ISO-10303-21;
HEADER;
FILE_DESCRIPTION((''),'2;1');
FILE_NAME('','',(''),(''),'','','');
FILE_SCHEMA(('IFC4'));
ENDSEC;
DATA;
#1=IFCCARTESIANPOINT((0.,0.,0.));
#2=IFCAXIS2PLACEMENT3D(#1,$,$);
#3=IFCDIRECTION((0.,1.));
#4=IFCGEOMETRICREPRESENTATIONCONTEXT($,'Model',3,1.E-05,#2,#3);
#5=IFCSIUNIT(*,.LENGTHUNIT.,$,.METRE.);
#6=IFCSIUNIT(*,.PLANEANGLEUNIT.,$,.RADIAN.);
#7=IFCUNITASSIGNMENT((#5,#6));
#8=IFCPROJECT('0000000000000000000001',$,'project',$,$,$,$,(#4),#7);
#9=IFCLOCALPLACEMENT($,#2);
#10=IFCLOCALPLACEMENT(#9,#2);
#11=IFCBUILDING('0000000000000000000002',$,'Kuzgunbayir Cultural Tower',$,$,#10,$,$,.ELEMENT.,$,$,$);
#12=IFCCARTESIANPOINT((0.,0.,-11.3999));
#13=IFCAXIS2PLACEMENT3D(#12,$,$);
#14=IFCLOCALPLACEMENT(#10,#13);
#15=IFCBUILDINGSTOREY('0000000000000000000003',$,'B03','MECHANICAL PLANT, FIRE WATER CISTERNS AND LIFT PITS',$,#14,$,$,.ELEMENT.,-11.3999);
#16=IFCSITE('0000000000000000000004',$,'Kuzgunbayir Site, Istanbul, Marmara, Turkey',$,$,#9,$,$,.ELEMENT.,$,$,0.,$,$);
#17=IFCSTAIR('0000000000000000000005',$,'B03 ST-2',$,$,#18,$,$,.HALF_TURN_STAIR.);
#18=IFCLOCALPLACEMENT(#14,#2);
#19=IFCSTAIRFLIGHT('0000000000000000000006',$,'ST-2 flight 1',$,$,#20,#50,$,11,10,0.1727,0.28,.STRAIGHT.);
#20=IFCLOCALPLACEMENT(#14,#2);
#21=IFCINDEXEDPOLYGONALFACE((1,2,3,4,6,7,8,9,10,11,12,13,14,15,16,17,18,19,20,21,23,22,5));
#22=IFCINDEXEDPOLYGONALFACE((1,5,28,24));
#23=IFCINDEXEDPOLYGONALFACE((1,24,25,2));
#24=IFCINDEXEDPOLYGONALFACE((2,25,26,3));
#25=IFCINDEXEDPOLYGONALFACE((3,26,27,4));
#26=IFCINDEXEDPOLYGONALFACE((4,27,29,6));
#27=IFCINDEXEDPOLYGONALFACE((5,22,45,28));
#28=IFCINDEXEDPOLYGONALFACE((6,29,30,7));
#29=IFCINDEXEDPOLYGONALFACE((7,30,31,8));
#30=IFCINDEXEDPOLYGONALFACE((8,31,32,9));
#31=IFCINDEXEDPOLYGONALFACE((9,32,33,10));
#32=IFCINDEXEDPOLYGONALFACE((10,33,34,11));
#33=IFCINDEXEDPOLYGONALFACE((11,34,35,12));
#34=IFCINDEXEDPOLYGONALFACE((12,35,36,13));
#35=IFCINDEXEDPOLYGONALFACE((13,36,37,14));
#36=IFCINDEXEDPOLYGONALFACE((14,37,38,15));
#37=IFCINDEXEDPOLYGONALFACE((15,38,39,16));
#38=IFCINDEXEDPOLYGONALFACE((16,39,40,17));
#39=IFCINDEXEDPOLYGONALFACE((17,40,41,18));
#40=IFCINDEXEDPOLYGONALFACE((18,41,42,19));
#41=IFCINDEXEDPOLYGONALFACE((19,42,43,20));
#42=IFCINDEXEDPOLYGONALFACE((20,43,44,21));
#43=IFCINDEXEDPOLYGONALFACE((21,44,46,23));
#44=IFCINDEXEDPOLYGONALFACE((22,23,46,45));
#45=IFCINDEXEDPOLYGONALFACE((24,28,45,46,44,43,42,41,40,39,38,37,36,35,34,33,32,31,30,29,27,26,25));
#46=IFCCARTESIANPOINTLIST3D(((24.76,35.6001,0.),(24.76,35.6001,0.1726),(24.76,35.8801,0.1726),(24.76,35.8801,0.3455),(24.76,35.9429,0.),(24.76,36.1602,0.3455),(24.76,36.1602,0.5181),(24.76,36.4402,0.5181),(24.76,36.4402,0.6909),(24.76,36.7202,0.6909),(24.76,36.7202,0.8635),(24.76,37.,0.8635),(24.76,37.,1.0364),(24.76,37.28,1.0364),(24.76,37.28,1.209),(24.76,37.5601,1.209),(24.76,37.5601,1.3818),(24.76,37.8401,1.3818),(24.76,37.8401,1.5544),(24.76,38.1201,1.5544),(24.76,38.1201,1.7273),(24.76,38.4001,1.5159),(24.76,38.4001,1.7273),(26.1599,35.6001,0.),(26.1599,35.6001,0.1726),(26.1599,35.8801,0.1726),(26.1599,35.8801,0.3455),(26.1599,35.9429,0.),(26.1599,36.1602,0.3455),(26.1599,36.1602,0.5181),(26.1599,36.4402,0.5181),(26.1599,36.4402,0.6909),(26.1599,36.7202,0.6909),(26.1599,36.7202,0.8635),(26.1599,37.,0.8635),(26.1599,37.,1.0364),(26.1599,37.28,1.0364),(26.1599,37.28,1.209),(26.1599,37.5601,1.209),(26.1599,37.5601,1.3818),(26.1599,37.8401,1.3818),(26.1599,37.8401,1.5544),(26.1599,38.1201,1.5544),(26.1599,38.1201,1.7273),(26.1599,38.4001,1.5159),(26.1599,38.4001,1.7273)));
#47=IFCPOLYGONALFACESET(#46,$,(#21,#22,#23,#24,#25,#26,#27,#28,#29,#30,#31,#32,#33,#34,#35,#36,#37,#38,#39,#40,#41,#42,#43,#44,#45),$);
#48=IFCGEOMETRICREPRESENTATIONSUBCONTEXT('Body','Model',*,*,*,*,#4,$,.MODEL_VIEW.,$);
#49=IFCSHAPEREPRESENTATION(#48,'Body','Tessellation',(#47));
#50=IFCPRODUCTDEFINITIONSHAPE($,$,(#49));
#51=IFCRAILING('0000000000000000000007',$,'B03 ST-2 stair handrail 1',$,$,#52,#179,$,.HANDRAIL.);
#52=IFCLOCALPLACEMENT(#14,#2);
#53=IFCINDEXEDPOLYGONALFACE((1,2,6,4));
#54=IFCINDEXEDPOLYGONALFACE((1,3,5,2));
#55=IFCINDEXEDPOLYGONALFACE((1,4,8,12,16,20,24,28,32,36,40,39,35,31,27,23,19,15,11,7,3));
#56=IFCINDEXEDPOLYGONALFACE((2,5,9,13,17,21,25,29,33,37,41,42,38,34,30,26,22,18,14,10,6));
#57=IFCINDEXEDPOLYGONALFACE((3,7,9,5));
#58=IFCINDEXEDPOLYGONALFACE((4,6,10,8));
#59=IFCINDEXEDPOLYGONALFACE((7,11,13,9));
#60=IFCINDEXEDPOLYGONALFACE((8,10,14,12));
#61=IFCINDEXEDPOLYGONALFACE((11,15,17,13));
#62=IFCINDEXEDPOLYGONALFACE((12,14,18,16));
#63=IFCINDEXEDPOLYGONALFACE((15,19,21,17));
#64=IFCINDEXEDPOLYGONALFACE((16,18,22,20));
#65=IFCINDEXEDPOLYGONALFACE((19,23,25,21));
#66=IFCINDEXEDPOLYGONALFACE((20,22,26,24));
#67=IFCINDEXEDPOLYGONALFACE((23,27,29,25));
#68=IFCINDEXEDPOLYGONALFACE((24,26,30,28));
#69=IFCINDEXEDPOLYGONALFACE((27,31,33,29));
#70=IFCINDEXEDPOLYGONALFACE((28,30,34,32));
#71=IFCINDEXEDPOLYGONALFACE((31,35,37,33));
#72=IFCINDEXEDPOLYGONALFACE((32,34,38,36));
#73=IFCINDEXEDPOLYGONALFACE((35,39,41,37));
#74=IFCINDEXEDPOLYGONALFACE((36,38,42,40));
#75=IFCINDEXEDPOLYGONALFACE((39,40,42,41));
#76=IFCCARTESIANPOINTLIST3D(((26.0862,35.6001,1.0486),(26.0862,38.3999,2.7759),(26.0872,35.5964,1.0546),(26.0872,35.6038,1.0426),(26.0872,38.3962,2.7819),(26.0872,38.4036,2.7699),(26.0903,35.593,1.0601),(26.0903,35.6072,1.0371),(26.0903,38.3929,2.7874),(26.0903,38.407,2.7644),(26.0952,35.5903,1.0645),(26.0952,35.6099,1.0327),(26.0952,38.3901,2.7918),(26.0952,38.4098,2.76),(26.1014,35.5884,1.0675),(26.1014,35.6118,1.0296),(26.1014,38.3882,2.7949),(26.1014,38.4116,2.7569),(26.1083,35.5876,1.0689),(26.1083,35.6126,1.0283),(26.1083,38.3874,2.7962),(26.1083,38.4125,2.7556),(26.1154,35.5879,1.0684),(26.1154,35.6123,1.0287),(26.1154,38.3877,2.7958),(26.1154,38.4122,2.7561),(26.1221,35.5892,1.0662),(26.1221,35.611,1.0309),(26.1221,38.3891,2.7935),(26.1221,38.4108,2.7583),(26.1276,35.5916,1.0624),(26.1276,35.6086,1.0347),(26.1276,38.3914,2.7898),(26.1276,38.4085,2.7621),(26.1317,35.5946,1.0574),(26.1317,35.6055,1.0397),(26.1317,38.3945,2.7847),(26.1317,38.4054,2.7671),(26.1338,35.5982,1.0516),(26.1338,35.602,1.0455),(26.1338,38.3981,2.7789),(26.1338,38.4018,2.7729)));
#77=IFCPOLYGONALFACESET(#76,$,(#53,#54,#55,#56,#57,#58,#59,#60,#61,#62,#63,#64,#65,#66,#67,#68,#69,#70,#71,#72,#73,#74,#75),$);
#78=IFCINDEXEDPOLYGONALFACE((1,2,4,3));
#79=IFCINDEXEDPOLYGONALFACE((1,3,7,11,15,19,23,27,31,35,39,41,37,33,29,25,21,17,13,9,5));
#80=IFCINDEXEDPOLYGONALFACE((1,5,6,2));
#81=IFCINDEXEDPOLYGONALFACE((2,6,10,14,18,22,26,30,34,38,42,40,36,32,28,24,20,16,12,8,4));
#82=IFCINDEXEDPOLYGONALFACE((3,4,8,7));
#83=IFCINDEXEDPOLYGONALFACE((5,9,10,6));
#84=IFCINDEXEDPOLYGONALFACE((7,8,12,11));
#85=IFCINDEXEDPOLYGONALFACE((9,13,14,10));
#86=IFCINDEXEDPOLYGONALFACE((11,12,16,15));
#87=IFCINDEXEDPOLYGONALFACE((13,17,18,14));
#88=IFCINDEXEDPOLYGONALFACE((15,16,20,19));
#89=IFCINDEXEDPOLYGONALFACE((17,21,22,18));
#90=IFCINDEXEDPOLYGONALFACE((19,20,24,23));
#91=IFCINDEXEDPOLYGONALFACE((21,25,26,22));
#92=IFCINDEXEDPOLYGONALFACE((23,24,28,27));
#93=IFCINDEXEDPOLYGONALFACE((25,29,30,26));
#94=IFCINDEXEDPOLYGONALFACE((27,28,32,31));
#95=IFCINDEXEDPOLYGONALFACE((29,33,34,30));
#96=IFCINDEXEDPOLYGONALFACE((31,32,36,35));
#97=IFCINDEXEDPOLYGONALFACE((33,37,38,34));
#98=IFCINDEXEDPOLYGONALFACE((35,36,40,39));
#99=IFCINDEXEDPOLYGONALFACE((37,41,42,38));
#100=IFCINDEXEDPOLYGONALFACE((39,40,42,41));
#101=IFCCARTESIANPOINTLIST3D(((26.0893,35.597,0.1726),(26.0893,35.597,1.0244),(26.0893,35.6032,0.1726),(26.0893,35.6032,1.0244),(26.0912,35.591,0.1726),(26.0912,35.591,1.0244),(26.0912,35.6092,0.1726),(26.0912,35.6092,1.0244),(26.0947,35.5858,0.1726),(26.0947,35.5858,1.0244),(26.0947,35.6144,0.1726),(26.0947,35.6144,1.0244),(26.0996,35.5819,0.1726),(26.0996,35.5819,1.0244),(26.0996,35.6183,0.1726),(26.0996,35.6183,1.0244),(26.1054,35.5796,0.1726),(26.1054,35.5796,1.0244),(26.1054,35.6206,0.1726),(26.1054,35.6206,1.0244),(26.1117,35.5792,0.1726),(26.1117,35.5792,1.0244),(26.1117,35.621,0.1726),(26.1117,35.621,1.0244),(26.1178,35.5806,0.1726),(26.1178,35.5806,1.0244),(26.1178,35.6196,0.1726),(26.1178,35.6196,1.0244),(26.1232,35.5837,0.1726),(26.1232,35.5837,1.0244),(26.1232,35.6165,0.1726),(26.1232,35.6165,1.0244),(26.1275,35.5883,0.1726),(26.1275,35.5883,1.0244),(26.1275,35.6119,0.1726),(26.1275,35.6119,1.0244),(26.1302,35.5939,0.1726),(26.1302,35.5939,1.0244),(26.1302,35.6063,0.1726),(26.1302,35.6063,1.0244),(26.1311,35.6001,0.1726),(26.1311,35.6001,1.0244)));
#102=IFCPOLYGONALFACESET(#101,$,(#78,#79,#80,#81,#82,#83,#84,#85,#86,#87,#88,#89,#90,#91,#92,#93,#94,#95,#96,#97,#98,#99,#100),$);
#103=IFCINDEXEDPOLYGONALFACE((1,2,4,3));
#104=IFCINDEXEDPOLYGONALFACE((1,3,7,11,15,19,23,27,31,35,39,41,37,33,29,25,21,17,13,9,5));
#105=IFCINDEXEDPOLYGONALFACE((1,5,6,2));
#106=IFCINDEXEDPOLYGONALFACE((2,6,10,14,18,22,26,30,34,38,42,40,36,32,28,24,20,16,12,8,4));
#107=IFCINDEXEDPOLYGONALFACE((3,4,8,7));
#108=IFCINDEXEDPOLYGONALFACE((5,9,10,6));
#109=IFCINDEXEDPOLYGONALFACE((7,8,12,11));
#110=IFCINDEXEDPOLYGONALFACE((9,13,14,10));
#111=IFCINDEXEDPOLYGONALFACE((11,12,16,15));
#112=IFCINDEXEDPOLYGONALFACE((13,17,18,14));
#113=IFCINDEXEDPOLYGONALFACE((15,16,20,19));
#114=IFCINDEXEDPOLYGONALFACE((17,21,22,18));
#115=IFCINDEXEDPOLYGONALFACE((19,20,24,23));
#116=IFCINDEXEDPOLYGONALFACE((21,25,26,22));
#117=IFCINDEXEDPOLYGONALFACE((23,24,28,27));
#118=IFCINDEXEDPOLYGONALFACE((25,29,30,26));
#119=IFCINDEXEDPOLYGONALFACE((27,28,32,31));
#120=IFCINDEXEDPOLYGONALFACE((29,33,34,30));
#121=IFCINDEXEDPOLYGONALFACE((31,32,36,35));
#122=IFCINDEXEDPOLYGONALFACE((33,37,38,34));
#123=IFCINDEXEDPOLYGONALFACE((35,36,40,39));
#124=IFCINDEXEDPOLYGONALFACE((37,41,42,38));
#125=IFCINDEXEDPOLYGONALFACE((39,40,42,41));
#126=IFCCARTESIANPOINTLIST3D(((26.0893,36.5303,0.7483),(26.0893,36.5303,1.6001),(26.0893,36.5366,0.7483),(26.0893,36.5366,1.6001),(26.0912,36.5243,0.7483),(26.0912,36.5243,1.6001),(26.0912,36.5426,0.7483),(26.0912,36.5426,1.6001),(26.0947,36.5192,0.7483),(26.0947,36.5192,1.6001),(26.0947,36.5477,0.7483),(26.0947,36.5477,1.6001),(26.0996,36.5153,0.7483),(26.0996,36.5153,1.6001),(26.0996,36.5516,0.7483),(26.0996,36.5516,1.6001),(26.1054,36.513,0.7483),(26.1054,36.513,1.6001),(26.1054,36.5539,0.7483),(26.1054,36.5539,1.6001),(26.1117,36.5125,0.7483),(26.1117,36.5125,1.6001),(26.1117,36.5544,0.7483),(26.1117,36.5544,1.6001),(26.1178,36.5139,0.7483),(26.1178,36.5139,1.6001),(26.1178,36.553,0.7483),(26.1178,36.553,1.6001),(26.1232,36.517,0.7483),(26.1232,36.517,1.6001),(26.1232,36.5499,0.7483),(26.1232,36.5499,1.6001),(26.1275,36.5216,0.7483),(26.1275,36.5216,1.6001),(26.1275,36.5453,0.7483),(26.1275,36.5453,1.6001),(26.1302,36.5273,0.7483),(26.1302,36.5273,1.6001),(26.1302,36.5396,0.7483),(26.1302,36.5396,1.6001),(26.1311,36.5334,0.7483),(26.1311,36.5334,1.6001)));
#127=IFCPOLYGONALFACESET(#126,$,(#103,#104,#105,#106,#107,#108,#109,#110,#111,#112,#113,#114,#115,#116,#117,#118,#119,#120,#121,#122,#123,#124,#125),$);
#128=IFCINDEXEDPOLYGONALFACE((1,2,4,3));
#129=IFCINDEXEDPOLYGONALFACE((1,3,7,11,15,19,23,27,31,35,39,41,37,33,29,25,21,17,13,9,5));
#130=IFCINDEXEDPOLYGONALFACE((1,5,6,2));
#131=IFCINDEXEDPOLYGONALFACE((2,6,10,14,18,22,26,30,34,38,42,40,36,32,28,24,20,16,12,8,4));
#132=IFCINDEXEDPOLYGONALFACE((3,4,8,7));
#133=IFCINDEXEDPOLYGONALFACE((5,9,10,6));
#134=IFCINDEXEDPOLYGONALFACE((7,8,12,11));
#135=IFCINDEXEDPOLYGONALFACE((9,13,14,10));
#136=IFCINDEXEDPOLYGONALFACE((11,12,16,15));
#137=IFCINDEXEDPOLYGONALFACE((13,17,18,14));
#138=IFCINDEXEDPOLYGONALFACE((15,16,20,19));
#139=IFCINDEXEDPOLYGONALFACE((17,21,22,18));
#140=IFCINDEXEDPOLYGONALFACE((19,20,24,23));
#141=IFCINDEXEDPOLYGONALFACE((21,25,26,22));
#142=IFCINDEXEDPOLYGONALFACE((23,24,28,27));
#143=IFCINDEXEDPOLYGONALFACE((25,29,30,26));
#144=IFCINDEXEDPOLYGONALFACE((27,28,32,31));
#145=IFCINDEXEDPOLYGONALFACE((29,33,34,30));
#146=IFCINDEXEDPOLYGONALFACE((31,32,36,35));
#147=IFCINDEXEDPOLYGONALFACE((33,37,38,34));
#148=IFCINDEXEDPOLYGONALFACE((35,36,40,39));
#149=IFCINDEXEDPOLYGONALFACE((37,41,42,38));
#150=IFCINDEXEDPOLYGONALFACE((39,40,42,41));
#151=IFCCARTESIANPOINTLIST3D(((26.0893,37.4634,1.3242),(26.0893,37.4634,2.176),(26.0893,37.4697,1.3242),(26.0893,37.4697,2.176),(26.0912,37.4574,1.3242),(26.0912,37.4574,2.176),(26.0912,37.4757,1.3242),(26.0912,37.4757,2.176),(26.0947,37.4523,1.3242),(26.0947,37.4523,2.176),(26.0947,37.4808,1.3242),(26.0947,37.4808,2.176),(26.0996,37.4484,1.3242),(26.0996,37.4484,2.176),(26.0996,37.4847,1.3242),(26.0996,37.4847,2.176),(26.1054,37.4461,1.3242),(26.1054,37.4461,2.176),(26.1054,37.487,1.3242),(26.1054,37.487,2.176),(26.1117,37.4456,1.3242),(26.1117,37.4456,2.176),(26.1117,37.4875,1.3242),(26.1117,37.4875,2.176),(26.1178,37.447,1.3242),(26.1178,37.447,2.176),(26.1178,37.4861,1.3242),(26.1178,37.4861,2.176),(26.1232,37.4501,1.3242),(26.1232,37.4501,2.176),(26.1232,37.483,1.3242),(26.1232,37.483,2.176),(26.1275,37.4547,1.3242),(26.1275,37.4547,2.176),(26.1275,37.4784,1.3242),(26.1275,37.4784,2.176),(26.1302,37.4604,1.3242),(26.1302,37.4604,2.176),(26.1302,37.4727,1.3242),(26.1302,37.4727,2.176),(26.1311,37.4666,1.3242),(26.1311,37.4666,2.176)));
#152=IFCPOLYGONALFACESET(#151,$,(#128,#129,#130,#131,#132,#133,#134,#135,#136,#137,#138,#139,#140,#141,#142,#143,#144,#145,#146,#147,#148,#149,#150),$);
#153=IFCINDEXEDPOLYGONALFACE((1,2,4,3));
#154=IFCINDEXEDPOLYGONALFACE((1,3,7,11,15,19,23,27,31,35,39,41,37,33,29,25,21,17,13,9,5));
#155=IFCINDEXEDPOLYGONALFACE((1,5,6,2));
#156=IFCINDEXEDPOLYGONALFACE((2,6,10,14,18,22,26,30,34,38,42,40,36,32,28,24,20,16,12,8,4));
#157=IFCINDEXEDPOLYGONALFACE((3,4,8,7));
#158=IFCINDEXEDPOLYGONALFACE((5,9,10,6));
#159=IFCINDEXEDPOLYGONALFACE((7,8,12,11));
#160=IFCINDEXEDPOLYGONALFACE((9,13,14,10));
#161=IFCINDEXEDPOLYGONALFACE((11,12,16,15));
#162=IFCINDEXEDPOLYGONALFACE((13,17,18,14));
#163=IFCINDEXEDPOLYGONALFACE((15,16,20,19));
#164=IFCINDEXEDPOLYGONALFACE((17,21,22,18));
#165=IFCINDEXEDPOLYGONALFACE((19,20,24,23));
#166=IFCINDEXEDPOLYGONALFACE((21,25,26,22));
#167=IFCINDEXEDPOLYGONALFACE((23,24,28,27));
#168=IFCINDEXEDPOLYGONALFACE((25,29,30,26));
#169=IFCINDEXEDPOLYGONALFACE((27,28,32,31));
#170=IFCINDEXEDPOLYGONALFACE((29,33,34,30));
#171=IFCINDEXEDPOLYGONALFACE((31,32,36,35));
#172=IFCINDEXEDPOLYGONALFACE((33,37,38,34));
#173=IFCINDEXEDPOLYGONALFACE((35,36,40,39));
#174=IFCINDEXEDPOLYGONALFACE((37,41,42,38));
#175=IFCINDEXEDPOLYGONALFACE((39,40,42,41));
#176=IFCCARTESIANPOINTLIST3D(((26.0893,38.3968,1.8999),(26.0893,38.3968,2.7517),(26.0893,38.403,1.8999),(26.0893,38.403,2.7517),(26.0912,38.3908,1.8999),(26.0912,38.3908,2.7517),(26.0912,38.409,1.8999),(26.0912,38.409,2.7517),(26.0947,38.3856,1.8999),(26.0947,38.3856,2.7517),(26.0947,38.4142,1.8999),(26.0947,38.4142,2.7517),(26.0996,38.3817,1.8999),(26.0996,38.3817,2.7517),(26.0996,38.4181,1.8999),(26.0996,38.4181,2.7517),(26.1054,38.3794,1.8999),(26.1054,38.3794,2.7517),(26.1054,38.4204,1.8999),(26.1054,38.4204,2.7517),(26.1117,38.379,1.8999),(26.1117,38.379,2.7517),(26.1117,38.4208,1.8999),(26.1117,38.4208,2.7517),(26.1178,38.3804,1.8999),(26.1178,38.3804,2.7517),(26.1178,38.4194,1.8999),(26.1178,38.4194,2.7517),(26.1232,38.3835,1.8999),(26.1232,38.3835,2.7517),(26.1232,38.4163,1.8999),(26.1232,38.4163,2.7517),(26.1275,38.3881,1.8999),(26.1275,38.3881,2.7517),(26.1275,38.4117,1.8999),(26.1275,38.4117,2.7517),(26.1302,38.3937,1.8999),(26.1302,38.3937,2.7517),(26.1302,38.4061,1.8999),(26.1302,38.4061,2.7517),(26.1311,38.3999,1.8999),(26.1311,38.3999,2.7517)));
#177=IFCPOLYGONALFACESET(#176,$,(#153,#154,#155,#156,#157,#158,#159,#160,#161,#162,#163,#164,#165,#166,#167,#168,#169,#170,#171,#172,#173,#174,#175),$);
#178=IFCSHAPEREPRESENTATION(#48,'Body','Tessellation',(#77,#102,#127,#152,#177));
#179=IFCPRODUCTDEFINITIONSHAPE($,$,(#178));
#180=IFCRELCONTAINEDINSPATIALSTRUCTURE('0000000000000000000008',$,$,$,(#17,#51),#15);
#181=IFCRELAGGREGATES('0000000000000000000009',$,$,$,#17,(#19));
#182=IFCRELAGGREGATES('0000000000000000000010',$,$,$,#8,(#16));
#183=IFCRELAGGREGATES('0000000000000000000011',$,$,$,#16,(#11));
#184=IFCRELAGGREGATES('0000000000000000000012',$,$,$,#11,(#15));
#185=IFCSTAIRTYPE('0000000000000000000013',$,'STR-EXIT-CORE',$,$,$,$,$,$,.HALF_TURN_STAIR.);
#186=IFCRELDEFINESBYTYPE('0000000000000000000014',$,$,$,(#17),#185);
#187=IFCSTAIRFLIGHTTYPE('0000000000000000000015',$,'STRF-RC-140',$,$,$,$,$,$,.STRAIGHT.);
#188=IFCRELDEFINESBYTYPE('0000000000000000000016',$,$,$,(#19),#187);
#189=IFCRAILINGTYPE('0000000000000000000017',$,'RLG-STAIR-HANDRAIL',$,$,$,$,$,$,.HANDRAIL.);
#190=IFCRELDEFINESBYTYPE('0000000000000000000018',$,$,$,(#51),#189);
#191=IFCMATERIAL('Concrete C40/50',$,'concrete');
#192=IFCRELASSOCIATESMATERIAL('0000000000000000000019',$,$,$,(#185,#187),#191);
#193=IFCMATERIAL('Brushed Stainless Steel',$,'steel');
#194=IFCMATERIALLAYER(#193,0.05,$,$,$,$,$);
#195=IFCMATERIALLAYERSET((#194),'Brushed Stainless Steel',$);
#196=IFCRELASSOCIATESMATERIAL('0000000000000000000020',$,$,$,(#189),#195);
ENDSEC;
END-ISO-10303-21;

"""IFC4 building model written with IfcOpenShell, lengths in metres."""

from ifc_helpers import new_model, si_unit, direction, frame, origin, origin_2d, place, context, subcontext, project, spatial, polyline, circle, outline, extrude, material, layer, layer_set, type_object, element, aggregate, save


model = new_model("IFC4")

# Units and contexts
model_context = context("Model", 3, precision=1e-05, world=origin(), true_north=direction((0.0, 1.0)))
body_context = subcontext(model_context, "Body", "Model", "MODEL_VIEW")
ifc_project = project(units=[si_unit("LENGTHUNIT", "METRE"), si_unit("PLANEANGLEUNIT", "RADIAN")], contexts=[model_context])

# Site, building, storey
site_placement = place(None, origin())
site = spatial("IfcSite", under=ifc_project, at=site_placement, Name="Kuzgunbayir Site, Istanbul, Marmara, Turkey", CompositionType="ELEMENT", RefElevation=0.0)
building_placement = place(site_placement, origin())
building = spatial("IfcBuilding", under=site, at=building_placement, Name="Kuzgunbayir Cultural Tower", CompositionType="ELEMENT")
storey_placement = place(building_placement, frame((0.0, 0.0, -11.3999)))
storey = spatial("IfcBuildingStorey", under=building, at=storey_placement, Name="B03", Description="MECHANICAL PLANT, FIRE WATER CISTERNS AND LIFT PITS", CompositionType="ELEMENT", Elevation=-11.3999)

# Shared definitions
ifc_material_1 = material(Name="Concrete C40/50", Category="concrete")

# Stair, stair flight
stair_type = type_object("IfcStairType", Name="STR-EXIT-CORE", PredefinedType="HALF_TURN_STAIR", material=ifc_material_1)
stair_placement = place(storey_placement, origin())
stair = element("IfcStair", 1, at=stair_placement, inside=storey, type_object=stair_type, Name="B03 ST-2", PredefinedType="HALF_TURN_STAIR")
stair_flight_type = type_object("IfcStairFlightType", Name="STRF-RC-140", PredefinedType="STRAIGHT", material=ifc_material_1)
stair_flight_placement = place(storey_placement, frame((25.46, 35.6001, 0.0), z_axis=(0.0, 0.0, 1.0), x_axis=(0.0, 1.0, 0.0)))
stair_flight = element("IfcStairFlight", 2, at=stair_flight_placement, type_object=stair_flight_type, Name="ST-2 flight 1", NumberOfRisers=11, NumberOfTreads=10, PredefinedType="STRAIGHT", RiserHeight=0.1727, TreadLength=0.28, context=body_context, shape_type="SweptSolid", body=[
    extrude(outline(polyline([(0.0, 0.0), (0.0, 0.1726), (0.28, 0.1726), (0.28, 0.3455), (0.5601, 0.3455), (0.5601, 0.5181), (0.8401, 0.5181), (0.8401, 0.6909), (1.1201, 0.6909), (1.1201, 0.8635), (1.3999, 0.8635), (1.3999, 1.0364), (1.6799, 1.0364), (1.6799, 1.209), (1.96, 1.209), (1.96, 1.3818), (2.24, 1.3818), (2.24, 1.5544), (2.52, 1.5544), (2.52, 1.7273), (2.8, 1.7273), (2.8, 1.8999), (2.8, 1.5159), (0.3428, 0.0), (0.0, 0.0)])), frame((0.0, 0.7, 0.0), z_axis=(0.0, -1.0, 0.0), x_axis=(1.0, 0.0, 0.0)), (0.0, 0.0, 1.0), 1.3999),
])
aggregate(stair, [stair_flight])

# Railing
ifc_material_2 = material(Name="Brushed Stainless Steel", Category="steel")
ifc_layer_1 = layer(ifc_material_2, 0.05)
ifc_layer_set_1 = layer_set([ifc_layer_1], Name="Brushed Stainless Steel")
railing_type_1 = type_object("IfcRailingType", Name="RLG-STAIR-HANDRAIL", PredefinedType="HANDRAIL", material=ifc_layer_set_1)
railing_1_placement = place(storey_placement, frame((26.1101, 35.6001, 0.1726)))
element("IfcRailing", 3, at=railing_1_placement, inside=storey, type_object=railing_type_1, Name="B03 ST-2 stair handrail 1", PredefinedType="HANDRAIL", context=body_context, shape_type="SweptSolid", body=[
    extrude(circle(Radius=0.0239, at=origin_2d()), frame((0.0, 0.0, 0.876), z_axis=(0.0, 0.851069, 0.525054), x_axis=(-1.0, 0.0, 0.0)), (0.0, 0.0, 1.0), 3.2898),
    extrude(circle(Radius=0.021, at=origin_2d()), origin(), (0.0, 0.0, 1.0), 0.8518),
    extrude(circle(Radius=0.021, at=origin_2d()), frame((0.0, 0.9333, 0.5757)), (0.0, 0.0, 1.0), 0.8518),
    extrude(circle(Radius=0.021, at=origin_2d()), frame((0.0, 1.8665, 1.1516)), (0.0, 0.0, 1.0), 0.8518),
    extrude(circle(Radius=0.021, at=origin_2d()), frame((0.0, 2.7998, 1.7273)), (0.0, 0.0, 1.0), 0.8518),
])

save(model, "model.ifc")
